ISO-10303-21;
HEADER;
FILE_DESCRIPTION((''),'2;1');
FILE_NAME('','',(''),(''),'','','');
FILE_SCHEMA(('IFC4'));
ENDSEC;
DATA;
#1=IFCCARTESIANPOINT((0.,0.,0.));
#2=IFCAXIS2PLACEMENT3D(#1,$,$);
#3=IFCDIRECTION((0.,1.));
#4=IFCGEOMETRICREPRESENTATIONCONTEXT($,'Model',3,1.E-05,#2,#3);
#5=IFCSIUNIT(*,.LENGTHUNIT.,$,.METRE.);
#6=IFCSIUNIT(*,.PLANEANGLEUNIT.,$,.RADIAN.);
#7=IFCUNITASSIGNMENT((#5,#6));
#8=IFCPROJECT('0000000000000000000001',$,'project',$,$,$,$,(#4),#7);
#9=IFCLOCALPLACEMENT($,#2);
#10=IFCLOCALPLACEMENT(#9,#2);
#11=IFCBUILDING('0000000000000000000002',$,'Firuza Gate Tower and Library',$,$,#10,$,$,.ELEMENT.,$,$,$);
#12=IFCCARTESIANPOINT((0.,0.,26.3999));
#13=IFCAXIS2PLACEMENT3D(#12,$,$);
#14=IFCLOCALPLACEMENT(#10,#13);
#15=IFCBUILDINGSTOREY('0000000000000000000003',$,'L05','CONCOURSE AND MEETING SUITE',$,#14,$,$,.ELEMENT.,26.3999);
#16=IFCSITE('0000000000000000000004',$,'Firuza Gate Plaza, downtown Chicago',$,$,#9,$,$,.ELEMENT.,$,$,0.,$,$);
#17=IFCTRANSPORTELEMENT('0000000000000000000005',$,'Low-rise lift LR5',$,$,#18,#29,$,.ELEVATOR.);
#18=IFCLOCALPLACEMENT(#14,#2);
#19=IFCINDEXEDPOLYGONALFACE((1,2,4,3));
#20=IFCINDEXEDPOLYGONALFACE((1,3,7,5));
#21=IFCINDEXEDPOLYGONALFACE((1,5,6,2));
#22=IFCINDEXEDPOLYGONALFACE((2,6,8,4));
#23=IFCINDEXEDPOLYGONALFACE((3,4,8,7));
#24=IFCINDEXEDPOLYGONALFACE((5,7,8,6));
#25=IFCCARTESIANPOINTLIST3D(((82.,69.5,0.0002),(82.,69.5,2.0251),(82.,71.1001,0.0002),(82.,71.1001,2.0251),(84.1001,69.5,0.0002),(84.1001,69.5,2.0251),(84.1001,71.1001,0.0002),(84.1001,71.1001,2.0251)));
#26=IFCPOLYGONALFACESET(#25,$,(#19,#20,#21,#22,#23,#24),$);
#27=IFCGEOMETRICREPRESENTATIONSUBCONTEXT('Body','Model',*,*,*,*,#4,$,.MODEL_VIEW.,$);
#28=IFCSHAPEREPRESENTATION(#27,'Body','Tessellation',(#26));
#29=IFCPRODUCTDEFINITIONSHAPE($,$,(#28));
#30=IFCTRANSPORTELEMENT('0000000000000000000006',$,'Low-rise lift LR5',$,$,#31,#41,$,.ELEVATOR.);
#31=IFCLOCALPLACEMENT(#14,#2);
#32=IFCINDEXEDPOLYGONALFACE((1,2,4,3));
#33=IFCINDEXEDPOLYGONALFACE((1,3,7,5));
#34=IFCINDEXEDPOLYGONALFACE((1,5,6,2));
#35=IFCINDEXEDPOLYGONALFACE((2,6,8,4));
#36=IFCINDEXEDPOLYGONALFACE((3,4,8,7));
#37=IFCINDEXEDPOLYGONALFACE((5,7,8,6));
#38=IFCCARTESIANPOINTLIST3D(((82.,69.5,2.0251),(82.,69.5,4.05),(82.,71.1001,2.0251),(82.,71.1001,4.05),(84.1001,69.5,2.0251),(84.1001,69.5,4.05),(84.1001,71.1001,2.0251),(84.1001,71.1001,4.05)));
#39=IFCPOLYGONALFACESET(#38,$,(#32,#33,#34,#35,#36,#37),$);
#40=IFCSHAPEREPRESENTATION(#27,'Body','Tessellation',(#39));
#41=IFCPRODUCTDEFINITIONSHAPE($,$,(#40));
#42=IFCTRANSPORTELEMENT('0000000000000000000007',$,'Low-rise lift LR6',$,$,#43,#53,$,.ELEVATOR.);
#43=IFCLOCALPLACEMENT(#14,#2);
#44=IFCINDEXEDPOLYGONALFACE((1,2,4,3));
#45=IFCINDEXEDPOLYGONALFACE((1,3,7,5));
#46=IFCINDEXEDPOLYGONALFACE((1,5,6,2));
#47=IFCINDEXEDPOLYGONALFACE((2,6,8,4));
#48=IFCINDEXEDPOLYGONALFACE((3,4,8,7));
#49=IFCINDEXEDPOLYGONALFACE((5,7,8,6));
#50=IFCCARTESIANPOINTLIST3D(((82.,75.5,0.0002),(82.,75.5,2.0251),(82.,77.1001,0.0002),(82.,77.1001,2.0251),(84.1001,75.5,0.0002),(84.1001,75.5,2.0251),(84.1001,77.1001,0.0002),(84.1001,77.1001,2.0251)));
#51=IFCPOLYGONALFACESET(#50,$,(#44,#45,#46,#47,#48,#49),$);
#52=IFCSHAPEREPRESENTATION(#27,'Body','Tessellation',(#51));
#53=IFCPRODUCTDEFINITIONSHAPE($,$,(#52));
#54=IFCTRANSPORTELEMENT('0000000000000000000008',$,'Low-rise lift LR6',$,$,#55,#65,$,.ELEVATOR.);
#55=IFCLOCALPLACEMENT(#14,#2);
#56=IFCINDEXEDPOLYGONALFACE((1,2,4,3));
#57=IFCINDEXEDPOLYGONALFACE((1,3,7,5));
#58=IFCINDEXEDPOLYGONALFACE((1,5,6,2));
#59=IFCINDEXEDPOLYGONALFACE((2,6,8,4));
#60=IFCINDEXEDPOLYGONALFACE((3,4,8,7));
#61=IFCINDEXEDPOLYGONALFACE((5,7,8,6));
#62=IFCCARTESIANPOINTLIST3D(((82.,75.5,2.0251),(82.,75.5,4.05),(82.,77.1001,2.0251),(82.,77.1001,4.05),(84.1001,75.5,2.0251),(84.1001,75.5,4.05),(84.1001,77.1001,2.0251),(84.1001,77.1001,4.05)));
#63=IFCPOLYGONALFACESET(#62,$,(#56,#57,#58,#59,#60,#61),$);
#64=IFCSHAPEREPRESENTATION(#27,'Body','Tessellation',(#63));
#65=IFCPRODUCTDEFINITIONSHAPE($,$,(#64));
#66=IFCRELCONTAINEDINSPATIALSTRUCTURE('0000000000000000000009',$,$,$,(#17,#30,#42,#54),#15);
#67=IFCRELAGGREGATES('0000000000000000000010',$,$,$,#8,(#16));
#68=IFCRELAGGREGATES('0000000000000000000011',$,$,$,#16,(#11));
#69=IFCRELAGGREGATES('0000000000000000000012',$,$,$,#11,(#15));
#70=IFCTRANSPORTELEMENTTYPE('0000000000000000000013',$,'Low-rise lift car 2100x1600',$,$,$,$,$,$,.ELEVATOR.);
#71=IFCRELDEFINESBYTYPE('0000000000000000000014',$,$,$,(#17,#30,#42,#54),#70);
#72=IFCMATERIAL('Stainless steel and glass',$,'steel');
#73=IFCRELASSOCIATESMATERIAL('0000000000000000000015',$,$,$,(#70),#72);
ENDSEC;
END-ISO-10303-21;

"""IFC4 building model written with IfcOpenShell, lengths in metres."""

from ifc_helpers import new_model, si_unit, direction, frame, origin, origin_2d, place, context, subcontext, project, spatial, rectangle, extrude, material, type_object, element, save


model = new_model("IFC4")

# Units and contexts
model_context = context("Model", 3, precision=1e-05, world=origin(), true_north=direction((0.0, 1.0)))
body_context = subcontext(model_context, "Body", "Model", "MODEL_VIEW")
ifc_project = project(units=[si_unit("LENGTHUNIT", "METRE"), si_unit("PLANEANGLEUNIT", "RADIAN")], contexts=[model_context])

# Site, building, storey
site_placement = place(None, origin())
site = spatial("IfcSite", under=ifc_project, at=site_placement, Name="Firuza Gate Plaza, downtown Chicago", CompositionType="ELEMENT", RefElevation=0.0)
building_placement = place(site_placement, origin())
building = spatial("IfcBuilding", under=site, at=building_placement, Name="Firuza Gate Tower and Library", CompositionType="ELEMENT")
storey_placement = place(building_placement, frame((0.0, 0.0, 26.3999)))
storey = spatial("IfcBuildingStorey", under=building, at=storey_placement, Name="L05", Description="CONCOURSE AND MEETING SUITE", CompositionType="ELEMENT", Elevation=26.3999)

# Transport elements
ifc_material_1 = material(Name="Stainless steel and glass", Category="steel")
transport_element_type = type_object("IfcTransportElementType", Name="Low-rise lift car 2100x1600", PredefinedType="ELEVATOR", material=ifc_material_1)
for number, where, z_axis, x_axis, name in (
    (1, (83.05, 70.3, 0.0002), (0.0, 0.0, 1.0), (1.0, 0.0, 0.0), "Low-rise lift LR5"),
    (2, (83.05, 70.3, 2.0251), (0.0, 0.0, 1.0), (1.0, 0.0, 0.0), "Low-rise lift LR5"),
    (3, (83.05, 76.3, 0.0002), (0.0, 0.0, 1.0), (1.0, 0.0, 0.0), "Low-rise lift LR6"),
    (4, (83.05, 76.3, 2.0251), (0.0, 0.0, 1.0), (1.0, 0.0, 0.0), "Low-rise lift LR6"),
):
    element("IfcTransportElement", number, at=place(storey_placement, frame(where, z_axis=z_axis, x_axis=x_axis)), inside=storey, type_object=transport_element_type, Name=name, PredefinedType="ELEVATOR", context=body_context, shape_type="SweptSolid", body=[
        extrude(rectangle(XDim=2.1001, YDim=1.6001, at=origin_2d()), origin(), (0.0, 0.0, 1.0), 2.0249),
    ])

save(model, "model.ifc")
